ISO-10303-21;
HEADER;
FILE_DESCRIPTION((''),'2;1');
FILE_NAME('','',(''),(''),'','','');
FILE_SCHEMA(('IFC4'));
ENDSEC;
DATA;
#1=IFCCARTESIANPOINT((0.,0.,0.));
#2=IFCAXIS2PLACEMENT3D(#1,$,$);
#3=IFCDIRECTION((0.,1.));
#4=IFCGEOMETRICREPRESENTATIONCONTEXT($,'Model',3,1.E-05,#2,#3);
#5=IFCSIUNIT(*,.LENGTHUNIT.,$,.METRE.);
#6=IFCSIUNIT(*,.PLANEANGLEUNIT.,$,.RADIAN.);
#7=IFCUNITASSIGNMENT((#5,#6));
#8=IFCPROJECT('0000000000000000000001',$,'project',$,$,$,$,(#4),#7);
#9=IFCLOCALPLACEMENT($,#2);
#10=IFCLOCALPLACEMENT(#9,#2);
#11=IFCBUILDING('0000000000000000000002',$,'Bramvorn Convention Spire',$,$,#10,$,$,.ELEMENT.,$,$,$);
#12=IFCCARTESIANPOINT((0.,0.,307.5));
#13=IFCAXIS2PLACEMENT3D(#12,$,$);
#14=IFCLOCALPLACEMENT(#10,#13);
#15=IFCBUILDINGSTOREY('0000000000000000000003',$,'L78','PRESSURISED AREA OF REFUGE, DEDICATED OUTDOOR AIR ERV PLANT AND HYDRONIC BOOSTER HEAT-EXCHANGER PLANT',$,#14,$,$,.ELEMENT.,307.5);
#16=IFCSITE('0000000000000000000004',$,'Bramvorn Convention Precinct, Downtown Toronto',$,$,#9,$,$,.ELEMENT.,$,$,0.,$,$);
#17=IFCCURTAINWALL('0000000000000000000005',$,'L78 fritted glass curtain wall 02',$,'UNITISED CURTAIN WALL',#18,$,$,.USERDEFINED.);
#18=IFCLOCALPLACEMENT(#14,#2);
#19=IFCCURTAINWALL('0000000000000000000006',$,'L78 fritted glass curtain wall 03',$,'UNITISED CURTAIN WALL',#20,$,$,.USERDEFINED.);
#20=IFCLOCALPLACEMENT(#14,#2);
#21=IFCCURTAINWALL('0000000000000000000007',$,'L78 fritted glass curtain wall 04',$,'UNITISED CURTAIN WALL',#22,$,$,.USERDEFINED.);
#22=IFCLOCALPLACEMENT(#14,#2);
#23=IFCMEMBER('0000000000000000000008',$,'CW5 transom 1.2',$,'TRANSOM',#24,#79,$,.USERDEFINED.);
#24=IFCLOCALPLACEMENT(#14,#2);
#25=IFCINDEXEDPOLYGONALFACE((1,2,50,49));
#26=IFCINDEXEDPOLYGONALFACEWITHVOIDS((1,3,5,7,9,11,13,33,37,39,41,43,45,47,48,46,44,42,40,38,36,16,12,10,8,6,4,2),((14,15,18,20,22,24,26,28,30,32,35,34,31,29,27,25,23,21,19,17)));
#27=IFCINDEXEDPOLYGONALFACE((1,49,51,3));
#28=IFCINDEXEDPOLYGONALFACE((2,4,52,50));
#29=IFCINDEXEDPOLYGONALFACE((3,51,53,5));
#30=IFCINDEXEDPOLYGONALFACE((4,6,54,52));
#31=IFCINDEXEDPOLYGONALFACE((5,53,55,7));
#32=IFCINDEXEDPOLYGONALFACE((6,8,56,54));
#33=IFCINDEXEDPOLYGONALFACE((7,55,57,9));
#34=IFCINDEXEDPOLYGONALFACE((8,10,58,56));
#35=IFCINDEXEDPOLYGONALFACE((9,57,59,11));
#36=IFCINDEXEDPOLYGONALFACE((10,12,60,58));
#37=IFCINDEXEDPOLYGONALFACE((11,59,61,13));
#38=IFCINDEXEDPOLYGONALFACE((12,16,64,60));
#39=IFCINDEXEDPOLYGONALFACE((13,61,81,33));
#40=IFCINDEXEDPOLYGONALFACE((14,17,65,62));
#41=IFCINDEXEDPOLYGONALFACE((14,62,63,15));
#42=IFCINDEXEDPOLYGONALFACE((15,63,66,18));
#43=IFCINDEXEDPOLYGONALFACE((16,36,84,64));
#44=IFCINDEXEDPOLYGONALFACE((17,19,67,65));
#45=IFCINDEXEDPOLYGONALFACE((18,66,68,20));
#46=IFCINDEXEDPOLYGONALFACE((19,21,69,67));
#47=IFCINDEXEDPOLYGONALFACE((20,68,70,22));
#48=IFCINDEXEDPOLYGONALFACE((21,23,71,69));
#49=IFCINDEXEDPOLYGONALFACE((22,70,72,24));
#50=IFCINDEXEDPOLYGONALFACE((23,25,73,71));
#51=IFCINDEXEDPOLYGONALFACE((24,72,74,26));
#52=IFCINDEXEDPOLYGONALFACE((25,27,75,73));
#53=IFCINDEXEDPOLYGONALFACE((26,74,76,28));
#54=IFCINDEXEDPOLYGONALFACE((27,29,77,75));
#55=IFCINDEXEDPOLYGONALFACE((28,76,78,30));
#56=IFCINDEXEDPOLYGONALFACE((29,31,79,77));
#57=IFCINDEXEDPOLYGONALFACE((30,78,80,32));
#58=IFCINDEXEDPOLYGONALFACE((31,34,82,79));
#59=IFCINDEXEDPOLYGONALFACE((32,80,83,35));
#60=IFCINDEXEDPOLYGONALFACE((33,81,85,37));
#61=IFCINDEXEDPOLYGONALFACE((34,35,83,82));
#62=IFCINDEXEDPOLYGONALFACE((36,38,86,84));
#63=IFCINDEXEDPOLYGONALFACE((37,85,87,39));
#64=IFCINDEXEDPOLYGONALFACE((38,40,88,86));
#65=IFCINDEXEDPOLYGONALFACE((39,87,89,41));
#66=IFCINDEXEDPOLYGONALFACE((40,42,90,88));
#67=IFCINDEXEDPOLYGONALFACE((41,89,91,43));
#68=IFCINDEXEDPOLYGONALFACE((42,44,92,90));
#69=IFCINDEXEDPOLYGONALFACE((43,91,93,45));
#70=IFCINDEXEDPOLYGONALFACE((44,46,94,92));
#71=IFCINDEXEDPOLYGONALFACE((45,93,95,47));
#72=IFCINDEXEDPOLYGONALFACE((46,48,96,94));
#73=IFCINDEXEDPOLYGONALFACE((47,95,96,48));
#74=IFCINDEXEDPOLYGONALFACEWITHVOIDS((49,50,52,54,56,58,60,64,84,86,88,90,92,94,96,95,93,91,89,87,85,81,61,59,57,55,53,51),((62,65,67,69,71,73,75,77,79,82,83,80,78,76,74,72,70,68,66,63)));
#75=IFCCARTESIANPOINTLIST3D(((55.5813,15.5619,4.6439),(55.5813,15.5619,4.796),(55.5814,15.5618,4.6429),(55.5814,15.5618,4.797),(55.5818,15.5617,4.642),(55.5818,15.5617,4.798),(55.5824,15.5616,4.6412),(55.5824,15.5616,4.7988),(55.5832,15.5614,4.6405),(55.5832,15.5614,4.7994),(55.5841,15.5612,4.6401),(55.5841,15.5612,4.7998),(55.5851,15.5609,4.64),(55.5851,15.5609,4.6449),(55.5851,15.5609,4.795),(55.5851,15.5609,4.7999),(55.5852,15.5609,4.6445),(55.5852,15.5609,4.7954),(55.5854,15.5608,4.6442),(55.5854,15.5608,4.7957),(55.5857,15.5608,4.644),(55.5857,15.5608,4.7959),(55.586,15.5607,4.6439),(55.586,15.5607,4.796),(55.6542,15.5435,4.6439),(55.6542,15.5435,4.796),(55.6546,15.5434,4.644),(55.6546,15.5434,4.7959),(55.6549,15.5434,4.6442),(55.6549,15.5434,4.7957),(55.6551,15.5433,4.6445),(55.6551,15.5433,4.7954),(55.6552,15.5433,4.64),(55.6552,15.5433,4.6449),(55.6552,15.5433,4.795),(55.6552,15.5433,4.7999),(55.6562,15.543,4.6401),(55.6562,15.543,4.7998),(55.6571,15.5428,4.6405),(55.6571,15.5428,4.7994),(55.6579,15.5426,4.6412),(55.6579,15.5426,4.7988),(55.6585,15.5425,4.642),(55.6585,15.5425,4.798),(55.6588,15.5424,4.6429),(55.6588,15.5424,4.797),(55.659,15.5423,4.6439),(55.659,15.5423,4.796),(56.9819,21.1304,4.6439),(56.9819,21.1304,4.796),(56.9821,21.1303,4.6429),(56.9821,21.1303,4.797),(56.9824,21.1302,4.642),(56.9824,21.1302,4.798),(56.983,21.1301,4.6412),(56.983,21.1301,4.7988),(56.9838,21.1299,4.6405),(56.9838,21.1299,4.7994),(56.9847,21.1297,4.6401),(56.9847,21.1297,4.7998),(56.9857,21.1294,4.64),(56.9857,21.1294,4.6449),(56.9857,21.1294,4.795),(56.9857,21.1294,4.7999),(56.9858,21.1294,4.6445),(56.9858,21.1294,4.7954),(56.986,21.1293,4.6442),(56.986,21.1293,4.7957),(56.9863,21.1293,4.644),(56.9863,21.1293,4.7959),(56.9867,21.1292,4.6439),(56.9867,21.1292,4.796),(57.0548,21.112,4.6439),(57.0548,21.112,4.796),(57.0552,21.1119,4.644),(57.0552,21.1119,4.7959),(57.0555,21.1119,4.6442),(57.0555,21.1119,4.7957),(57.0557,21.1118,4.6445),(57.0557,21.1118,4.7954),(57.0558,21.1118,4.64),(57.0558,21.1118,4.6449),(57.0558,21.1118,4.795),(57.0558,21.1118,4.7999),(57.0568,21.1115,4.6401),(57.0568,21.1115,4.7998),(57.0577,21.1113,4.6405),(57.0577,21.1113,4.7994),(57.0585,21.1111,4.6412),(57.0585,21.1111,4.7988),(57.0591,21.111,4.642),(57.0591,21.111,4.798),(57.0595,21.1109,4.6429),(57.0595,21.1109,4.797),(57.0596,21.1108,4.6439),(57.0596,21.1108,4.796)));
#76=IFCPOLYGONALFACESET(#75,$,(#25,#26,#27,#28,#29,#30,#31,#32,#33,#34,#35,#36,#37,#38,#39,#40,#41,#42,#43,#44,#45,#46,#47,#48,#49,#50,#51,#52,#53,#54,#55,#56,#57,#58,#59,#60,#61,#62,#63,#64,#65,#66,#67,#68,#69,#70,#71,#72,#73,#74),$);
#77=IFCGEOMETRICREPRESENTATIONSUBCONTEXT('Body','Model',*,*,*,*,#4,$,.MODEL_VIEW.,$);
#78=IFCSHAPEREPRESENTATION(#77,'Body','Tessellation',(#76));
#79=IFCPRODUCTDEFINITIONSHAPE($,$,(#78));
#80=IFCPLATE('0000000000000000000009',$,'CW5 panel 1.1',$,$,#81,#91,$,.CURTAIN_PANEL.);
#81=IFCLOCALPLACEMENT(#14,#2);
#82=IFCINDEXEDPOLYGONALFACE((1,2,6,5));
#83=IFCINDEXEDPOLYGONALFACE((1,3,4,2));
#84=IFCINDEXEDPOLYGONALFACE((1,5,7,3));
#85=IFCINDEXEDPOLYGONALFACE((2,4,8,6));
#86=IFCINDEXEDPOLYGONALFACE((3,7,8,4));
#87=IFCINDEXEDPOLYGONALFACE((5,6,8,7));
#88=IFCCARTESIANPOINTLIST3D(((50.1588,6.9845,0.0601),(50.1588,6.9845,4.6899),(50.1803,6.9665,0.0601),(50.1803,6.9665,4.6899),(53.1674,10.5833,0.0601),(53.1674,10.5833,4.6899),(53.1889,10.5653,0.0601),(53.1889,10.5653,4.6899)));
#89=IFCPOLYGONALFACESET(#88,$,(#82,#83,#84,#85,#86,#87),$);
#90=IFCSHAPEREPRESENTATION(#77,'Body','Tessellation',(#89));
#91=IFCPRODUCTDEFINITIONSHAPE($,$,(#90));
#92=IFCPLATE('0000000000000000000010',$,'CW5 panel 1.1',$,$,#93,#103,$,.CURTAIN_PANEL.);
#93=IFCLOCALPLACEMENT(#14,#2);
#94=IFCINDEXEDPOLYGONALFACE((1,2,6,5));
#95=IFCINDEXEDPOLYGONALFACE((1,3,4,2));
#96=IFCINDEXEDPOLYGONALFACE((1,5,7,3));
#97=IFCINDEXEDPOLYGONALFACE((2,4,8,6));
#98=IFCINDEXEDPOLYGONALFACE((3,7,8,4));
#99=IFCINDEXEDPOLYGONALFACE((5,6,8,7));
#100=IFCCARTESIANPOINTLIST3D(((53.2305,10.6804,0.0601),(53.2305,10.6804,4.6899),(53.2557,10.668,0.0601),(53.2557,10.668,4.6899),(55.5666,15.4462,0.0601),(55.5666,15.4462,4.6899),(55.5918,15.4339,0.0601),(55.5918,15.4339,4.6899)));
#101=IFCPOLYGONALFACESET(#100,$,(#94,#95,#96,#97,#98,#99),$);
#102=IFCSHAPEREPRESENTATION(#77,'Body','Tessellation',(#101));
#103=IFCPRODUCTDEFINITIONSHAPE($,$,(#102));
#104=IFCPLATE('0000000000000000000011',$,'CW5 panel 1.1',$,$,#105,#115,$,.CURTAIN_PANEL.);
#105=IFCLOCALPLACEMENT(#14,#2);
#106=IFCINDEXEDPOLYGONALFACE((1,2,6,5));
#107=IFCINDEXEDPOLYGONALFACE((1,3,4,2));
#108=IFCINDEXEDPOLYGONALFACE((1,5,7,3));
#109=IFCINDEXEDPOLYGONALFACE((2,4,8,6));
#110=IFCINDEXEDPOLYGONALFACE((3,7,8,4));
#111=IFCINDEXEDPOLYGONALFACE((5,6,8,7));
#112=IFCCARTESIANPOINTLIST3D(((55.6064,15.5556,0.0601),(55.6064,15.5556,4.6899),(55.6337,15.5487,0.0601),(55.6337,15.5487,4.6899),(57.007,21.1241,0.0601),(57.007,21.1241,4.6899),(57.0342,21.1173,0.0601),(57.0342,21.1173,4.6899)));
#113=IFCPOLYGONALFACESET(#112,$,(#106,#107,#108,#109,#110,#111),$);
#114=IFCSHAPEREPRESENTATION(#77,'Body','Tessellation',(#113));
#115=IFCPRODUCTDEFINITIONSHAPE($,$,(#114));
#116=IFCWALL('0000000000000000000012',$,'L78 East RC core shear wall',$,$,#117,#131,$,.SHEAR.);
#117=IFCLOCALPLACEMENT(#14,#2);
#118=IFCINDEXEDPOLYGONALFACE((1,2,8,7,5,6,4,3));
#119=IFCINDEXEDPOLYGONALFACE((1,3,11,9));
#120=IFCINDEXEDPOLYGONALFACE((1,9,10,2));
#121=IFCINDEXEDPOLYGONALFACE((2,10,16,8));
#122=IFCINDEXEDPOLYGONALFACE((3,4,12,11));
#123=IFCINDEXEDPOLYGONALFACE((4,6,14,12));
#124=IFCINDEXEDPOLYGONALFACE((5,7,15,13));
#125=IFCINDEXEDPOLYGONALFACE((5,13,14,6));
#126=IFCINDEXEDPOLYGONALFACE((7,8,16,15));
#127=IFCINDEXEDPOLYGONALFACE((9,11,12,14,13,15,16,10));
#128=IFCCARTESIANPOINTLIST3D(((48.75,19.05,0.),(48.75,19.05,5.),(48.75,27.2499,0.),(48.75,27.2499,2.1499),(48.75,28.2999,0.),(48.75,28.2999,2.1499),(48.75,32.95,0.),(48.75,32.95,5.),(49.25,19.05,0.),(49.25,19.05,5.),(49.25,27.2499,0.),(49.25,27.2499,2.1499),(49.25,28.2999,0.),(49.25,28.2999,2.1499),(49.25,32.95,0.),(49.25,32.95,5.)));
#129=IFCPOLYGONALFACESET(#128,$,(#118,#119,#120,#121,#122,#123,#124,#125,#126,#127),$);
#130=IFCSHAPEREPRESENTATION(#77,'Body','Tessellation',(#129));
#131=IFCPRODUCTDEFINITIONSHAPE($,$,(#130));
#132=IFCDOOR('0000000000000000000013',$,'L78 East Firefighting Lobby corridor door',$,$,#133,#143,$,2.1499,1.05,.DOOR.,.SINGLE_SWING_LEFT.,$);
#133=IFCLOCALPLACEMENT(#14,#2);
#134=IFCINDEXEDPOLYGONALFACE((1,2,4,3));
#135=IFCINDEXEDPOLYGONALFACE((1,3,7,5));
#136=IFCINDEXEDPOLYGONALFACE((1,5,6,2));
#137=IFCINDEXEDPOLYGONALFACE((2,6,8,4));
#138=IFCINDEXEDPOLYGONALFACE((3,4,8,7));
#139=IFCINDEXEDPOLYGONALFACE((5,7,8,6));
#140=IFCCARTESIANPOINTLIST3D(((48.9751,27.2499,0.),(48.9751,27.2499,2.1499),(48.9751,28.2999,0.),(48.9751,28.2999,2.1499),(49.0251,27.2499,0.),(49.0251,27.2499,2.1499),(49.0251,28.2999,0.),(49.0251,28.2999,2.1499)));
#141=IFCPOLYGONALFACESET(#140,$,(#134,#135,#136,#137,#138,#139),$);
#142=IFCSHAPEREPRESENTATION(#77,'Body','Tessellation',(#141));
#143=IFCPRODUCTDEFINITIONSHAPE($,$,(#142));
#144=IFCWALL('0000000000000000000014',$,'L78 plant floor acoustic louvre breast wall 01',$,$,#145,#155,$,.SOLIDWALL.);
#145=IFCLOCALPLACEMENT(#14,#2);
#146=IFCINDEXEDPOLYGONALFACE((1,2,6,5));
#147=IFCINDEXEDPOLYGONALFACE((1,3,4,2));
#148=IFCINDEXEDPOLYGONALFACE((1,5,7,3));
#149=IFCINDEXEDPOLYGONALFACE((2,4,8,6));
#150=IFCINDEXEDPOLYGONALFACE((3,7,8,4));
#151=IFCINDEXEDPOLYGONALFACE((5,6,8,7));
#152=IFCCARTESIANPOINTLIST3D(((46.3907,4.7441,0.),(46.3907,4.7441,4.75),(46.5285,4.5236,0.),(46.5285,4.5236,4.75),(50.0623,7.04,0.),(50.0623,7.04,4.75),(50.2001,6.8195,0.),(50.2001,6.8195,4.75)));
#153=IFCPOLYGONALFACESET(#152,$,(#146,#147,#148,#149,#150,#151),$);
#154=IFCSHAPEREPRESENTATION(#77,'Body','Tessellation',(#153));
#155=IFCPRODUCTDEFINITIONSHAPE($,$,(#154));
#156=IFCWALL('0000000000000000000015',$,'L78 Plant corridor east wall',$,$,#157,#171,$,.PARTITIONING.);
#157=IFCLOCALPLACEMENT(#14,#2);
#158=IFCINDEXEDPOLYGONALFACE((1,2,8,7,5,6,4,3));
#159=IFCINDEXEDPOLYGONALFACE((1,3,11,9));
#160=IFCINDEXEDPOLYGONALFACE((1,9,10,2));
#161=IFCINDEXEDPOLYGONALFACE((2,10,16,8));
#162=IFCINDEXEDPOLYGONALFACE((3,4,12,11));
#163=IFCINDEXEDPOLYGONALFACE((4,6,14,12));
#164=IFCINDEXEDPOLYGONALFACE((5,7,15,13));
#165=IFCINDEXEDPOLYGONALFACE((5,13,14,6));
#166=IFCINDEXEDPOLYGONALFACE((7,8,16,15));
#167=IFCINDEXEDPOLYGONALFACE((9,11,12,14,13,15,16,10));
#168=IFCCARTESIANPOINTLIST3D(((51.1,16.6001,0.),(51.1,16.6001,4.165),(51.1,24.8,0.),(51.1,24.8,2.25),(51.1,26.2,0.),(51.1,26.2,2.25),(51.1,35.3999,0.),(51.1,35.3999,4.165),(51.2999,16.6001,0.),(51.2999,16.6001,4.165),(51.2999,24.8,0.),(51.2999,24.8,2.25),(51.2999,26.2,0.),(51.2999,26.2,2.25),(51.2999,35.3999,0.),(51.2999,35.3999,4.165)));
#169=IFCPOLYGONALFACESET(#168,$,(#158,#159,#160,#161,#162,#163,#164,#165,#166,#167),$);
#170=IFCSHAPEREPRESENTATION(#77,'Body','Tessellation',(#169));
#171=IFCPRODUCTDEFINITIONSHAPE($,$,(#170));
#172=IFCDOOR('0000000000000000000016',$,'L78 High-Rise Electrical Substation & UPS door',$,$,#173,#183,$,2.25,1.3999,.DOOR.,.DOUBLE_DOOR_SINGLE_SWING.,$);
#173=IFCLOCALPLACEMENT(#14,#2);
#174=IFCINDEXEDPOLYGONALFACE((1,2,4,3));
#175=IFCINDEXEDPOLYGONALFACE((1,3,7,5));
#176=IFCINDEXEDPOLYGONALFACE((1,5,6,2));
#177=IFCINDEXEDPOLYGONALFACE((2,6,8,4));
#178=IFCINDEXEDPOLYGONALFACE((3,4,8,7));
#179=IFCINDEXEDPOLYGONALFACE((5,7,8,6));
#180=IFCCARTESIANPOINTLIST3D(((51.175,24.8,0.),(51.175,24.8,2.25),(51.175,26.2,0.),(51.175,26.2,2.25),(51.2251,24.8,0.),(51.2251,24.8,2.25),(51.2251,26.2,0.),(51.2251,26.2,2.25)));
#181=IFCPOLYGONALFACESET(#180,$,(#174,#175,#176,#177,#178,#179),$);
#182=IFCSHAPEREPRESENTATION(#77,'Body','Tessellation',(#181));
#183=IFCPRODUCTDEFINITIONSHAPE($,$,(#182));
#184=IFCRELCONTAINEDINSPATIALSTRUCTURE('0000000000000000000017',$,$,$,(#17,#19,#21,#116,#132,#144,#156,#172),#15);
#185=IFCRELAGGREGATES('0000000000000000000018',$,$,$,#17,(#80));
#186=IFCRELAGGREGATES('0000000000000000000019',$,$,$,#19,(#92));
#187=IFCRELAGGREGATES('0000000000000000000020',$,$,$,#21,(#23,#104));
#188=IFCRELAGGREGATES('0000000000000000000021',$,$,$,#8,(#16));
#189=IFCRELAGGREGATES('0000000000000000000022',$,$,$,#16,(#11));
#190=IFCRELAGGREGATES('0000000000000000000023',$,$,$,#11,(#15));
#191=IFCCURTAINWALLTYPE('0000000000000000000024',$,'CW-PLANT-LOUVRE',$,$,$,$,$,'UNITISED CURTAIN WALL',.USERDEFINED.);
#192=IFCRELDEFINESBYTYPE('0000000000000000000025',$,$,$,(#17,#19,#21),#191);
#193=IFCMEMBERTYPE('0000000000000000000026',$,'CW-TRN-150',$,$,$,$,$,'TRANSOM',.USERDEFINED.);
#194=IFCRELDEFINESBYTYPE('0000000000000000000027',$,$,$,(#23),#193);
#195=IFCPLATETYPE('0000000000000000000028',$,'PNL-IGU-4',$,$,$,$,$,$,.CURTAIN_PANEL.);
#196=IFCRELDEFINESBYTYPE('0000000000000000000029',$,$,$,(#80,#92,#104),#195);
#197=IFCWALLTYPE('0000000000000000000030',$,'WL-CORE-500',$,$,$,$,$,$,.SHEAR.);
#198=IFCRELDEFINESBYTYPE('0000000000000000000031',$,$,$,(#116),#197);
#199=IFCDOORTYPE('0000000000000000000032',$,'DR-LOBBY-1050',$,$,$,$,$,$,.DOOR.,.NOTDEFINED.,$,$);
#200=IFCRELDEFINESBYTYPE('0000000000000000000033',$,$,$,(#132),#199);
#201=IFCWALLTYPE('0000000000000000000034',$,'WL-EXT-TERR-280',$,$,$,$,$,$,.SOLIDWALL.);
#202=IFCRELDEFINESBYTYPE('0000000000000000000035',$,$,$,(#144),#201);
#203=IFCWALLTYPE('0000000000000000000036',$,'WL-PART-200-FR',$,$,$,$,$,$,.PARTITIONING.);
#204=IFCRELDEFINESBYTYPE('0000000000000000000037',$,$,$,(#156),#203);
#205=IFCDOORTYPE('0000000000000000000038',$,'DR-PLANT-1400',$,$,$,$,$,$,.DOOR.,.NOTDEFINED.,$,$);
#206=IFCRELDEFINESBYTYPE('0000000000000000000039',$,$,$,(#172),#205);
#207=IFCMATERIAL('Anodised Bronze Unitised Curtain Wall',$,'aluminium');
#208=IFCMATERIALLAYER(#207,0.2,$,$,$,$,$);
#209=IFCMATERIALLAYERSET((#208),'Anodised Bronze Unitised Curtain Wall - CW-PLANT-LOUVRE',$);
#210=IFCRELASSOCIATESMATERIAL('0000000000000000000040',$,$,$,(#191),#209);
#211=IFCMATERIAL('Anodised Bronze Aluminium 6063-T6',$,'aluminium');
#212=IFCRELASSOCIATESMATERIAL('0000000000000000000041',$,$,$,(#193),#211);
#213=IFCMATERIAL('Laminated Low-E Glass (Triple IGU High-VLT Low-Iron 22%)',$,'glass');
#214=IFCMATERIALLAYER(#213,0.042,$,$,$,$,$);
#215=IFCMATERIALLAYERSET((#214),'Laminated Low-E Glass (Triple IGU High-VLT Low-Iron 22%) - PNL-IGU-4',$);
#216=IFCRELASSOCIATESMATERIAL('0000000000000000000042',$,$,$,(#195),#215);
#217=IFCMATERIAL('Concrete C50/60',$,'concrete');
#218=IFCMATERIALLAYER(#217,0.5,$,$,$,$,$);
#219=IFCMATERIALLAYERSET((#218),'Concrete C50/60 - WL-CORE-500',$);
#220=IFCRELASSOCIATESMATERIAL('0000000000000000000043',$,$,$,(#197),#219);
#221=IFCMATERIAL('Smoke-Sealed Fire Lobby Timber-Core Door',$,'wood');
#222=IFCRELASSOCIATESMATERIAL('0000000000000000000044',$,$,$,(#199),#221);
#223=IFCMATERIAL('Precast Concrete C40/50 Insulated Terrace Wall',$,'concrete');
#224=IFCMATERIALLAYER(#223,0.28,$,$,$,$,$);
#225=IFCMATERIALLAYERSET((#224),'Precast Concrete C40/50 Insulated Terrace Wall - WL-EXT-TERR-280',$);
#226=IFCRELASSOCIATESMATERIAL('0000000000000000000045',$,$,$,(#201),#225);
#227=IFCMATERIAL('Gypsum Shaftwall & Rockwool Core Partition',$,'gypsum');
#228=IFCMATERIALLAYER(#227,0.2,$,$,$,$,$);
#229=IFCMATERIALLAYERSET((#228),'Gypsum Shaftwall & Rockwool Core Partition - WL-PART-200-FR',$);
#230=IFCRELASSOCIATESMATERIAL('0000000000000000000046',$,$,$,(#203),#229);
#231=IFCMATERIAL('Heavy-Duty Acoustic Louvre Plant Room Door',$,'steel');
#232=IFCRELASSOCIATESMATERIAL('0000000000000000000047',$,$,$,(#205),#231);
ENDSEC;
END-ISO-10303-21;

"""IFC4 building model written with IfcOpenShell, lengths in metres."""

from ifc_helpers import new_model, si_unit, direction, frame, frame_2d, origin, origin_2d, place, context, subcontext, project, spatial, rectangle, hollow_rectangle, extrude, material, layer, layer_set, material_profile, profile_set, type_object, element, fill, aggregate, save


model = new_model("IFC4")

# Units and contexts
model_context = context("Model", 3, precision=1e-05, world=origin(), true_north=direction((0.0, 1.0)))
body_context = subcontext(model_context, "Body", "Model", "MODEL_VIEW")
ifc_project = project(units=[si_unit("LENGTHUNIT", "METRE"), si_unit("PLANEANGLEUNIT", "RADIAN")], contexts=[model_context])

# Site, building, storey
site_placement = place(None, origin())
site = spatial("IfcSite", under=ifc_project, at=site_placement, Name="Bramvorn Convention Precinct, Downtown Toronto", CompositionType="ELEMENT", RefElevation=0.0)
building_placement = place(site_placement, origin())
building = spatial("IfcBuilding", under=site, at=building_placement, Name="Bramvorn Convention Spire", CompositionType="ELEMENT")
storey_placement = place(building_placement, frame((0.0, 0.0, 307.5)))
storey = spatial("IfcBuildingStorey", under=building, at=storey_placement, Name="L78", Description="PRESSURISED AREA OF REFUGE, DEDICATED OUTDOOR AIR ERV PLANT AND HYDRONIC BOOSTER HEAT-EXCHANGER PLANT", CompositionType="ELEMENT", Elevation=307.5)

# Curtain walls
ifc_material_1 = material(Name="Anodised Bronze Unitised Curtain Wall", Category="aluminium")
ifc_layer_1 = layer(ifc_material_1, 0.2)
ifc_layer_set_1 = layer_set([ifc_layer_1], Name="Anodised Bronze Unitised Curtain Wall - CW-PLANT-LOUVRE")
curtain_wall_type = type_object("IfcCurtainWallType", Name="CW-PLANT-LOUVRE", ElementType="UNITISED CURTAIN WALL", PredefinedType="USERDEFINED", material=ifc_layer_set_1)
curtain_wall_1_placement = place(storey_placement, origin())
curtain_wall_1 = element("IfcCurtainWall", 1, at=curtain_wall_1_placement, inside=storey, type_object=curtain_wall_type, Name="L78 fritted glass curtain wall 02", ObjectType="UNITISED CURTAIN WALL", PredefinedType="USERDEFINED")
ifc_material_2 = material(Name="Anodised Bronze Aluminium 6063-T6", Category="aluminium")
curtain_wall_2_placement = place(storey_placement, origin())
curtain_wall_2 = element("IfcCurtainWall", 2, at=curtain_wall_2_placement, inside=storey, type_object=curtain_wall_type, Name="L78 fritted glass curtain wall 03", ObjectType="UNITISED CURTAIN WALL", PredefinedType="USERDEFINED")
curtain_wall_3_placement = place(storey_placement, origin())
curtain_wall_3 = element("IfcCurtainWall", 3, at=curtain_wall_3_placement, inside=storey, type_object=curtain_wall_type, Name="L78 fritted glass curtain wall 04", ObjectType="UNITISED CURTAIN WALL", PredefinedType="USERDEFINED")

# Member
ifc_material_profile_1 = material_profile(ifc_material_2, hollow_rectangle(XDim=0.0801, YDim=0.1599, WallThickness=0.0039, InnerFilletRadius=0.001, OuterFilletRadius=0.0039, at=origin_2d()))
ifc_profile_set_1 = profile_set([ifc_material_profile_1], Name="Anodised Bronze Aluminium 6063-T6 - CWT80X160")
member_type_1 = type_object("IfcMemberType", Name="CW-TRN-150", ElementType="TRANSOM", PredefinedType="USERDEFINED", material=ifc_profile_set_1)
member_1_placement = place(storey_placement, frame((57.0208, 21.1206, 4.72), z_axis=(-0.243926, -0.969794, 0.0), x_axis=(0.969794, -0.243926, 0.0)))
member_1 = element("IfcMember", 4, at=member_1_placement, type_object=member_type_1, Name="CW5 transom 1.2", ObjectType="TRANSOM", PredefinedType="USERDEFINED", context=body_context, shape_type="SweptSolid", body=[
    extrude(hollow_rectangle(XDim=0.0801, YDim=0.1599, WallThickness=0.0039, InnerFilletRadius=0.001, OuterFilletRadius=0.0039, at=origin_2d()), origin(), (0.0, 0.0, 1.0), 5.7419),
])

# Plates
ifc_material_3 = material(Name="Laminated Low-E Glass (Triple IGU High-VLT Low-Iron 22%)", Category="glass")
ifc_layer_2 = layer(ifc_material_3, 0.042)
ifc_layer_set_2 = layer_set([ifc_layer_2], Name="Laminated Low-E Glass (Triple IGU High-VLT Low-Iron 22%) - PNL-IGU-4")
plate_type = type_object("IfcPlateType", Name="PNL-IGU-4", PredefinedType="CURTAIN_PANEL", material=ifc_layer_set_2)
plate_1_placement = place(storey_placement, frame((51.6738, 8.7749, 0.0601), z_axis=(0.0, 0.0, 1.0), x_axis=(-0.6414, -0.767206, 0.0)))
plate_1 = element("IfcPlate", 5, at=plate_1_placement, type_object=plate_type, Name="CW5 panel 1.1", PredefinedType="CURTAIN_PANEL", context=body_context, shape_type="SweptSolid", body=[
    extrude(rectangle(XDim=4.6907, YDim=0.0281, at=origin_2d()), origin(), (0.0, 0.0, 1.0), 4.6299),
])
aggregate(curtain_wall_1, [plate_1])
plate_2_placement = place(storey_placement, frame((54.4111, 13.0571, 0.0601), z_axis=(0.0, 0.0, 1.0), x_axis=(-0.440139, -0.897929, 0.0)))
plate_2 = element("IfcPlate", 6, at=plate_2_placement, type_object=plate_type, Name="CW5 panel 1.1", PredefinedType="CURTAIN_PANEL", context=body_context, shape_type="SweptSolid", body=[
    extrude(rectangle(XDim=5.3076, YDim=0.0281, at=origin_2d()), origin(), (0.0, 0.0, 1.0), 4.6299),
])
aggregate(curtain_wall_2, [plate_2])
plate_3_placement = place(storey_placement, frame((56.3203, 18.3364, 0.0601), z_axis=(0.0, 0.0, 1.0), x_axis=(-0.243912, -0.969797, 0.0)))
plate_3 = element("IfcPlate", 7, at=plate_3_placement, type_object=plate_type, Name="CW5 panel 1.1", PredefinedType="CURTAIN_PANEL", context=body_context, shape_type="SweptSolid", body=[
    extrude(rectangle(XDim=5.7419, YDim=0.0281, at=origin_2d()), origin(), (0.0, 0.0, 1.0), 4.6299),
])
aggregate(curtain_wall_3, [member_1, plate_3])

# Wall, opening, door
ifc_material_4 = material(Name="Concrete C50/60", Category="concrete")
ifc_layer_3 = layer(ifc_material_4, 0.5)
ifc_layer_set_3 = layer_set([ifc_layer_3], Name="Concrete C50/60 - WL-CORE-500")
wall_type_1 = type_object("IfcWallType", Name="WL-CORE-500", PredefinedType="SHEAR", material=ifc_layer_set_3)
wall_1_placement = place(storey_placement, frame((49.0, 19.05, 0.0), z_axis=(0.0, 0.0, 1.0), x_axis=(0.0, 1.0, 0.0)))
wall_1 = element("IfcWall", 8, at=wall_1_placement, inside=storey, type_object=wall_type_1, Name="L78 East RC core shear wall", PredefinedType="SHEAR", context=body_context, shape_type="SweptSolid", body=[
    extrude(rectangle(XDim=13.8999, YDim=0.5, at=frame_2d((6.95, 0.0))), origin(), (0.0, 0.0, 1.0), 5.0),
])
opening_1_placement = place(wall_1_placement, frame((8.2, 0.0, 0.0)))
opening_1 = element("IfcOpeningElement", 9, at=opening_1_placement, cuts=wall_1, PredefinedType="OPENING", context=body_context, shape_type="SweptSolid", body=[
    extrude(rectangle(XDim=1.05, YDim=2.1499, at=frame_2d((0.5249, 1.075))), frame((0.0, 0.26, 0.0), z_axis=(0.0, -1.0, 0.0), x_axis=(1.0, 0.0, 0.0)), (0.0, 0.0, 1.0), 0.52),
])
ifc_material_5 = material(Name="Smoke-Sealed Fire Lobby Timber-Core Door", Category="wood")
door_type_1 = type_object("IfcDoorType", Name="DR-LOBBY-1050", OperationType="NOTDEFINED", PredefinedType="DOOR", material=ifc_material_5)
door_1_placement = place(opening_1_placement, origin())
door_1 = element("IfcDoor", 10, at=door_1_placement, inside=storey, type_object=door_type_1, Name="L78 East Firefighting Lobby corridor door", OperationType="SINGLE_SWING_LEFT", OverallHeight=2.1499, OverallWidth=1.05, PredefinedType="DOOR", context=body_context, shape_type="SweptSolid", body=[
    extrude(rectangle(XDim=1.05, YDim=2.1499, at=frame_2d((0.5249, 1.075))), frame((0.0, 0.0249, 0.0), z_axis=(0.0, -1.0, 0.0), x_axis=(1.0, 0.0, 0.0)), (0.0, 0.0, 1.0), 0.05),
])
fill(opening_1, door_1)

# Wall
ifc_material_6 = material(Name="Precast Concrete C40/50 Insulated Terrace Wall", Category="concrete")
ifc_layer_4 = layer(ifc_material_6, 0.28)
ifc_layer_set_4 = layer_set([ifc_layer_4], Name="Precast Concrete C40/50 Insulated Terrace Wall - WL-EXT-TERR-280")
wall_type_2 = type_object("IfcWallType", Name="WL-EXT-TERR-280", PredefinedType="SOLIDWALL", material=ifc_layer_set_4)
wall_2_placement = place(storey_placement, frame((50.1311, 6.9297, 0.0), z_axis=(0.0, 0.0, 1.0), x_axis=(-0.847881, -0.530186, 0.0)))
element("IfcWall", 11, at=wall_2_placement, inside=storey, type_object=wall_type_2, Name="L78 plant floor acoustic louvre breast wall 01", PredefinedType="SOLIDWALL", context=body_context, shape_type="SweptSolid", body=[
    extrude(rectangle(XDim=4.3303, YDim=0.26, at=frame_2d((2.165, 0.0))), origin(), (0.0, 0.0, 1.0), 4.75),
])

# Wall, opening, door
ifc_material_7 = material(Name="Gypsum Shaftwall & Rockwool Core Partition", Category="gypsum")
ifc_layer_5 = layer(ifc_material_7, 0.2)
ifc_layer_set_5 = layer_set([ifc_layer_5], Name="Gypsum Shaftwall & Rockwool Core Partition - WL-PART-200-FR")
wall_type_3 = type_object("IfcWallType", Name="WL-PART-200-FR", PredefinedType="PARTITIONING", material=ifc_layer_set_5)
wall_3_placement = place(storey_placement, frame((51.2, 16.6001, 0.0), z_axis=(0.0, 0.0, 1.0), x_axis=(0.0, 1.0, 0.0)))
wall_3 = element("IfcWall", 12, at=wall_3_placement, inside=storey, type_object=wall_type_3, Name="L78 Plant corridor east wall", PredefinedType="PARTITIONING", context=body_context, shape_type="SweptSolid", body=[
    extrude(rectangle(XDim=18.7998, YDim=0.2, at=frame_2d((9.3999, 0.0))), origin(), (0.0, 0.0, 1.0), 4.165),
])
opening_2_placement = place(wall_3_placement, frame((8.2, 0.0, 0.0)))
opening_2 = element("IfcOpeningElement", 13, at=opening_2_placement, cuts=wall_3, PredefinedType="OPENING", context=body_context, shape_type="SweptSolid", body=[
    extrude(rectangle(XDim=1.3999, YDim=2.25, at=frame_2d((0.7, 1.125))), frame((0.0, 0.1099, 0.0), z_axis=(0.0, -1.0, 0.0), x_axis=(1.0, 0.0, 0.0)), (0.0, 0.0, 1.0), 0.22),
])
ifc_material_8 = material(Name="Heavy-Duty Acoustic Louvre Plant Room Door", Category="steel")
door_type_2 = type_object("IfcDoorType", Name="DR-PLANT-1400", OperationType="NOTDEFINED", PredefinedType="DOOR", material=ifc_material_8)
door_2_placement = place(opening_2_placement, origin())
door_2 = element("IfcDoor", 14, at=door_2_placement, inside=storey, type_object=door_type_2, Name="L78 High-Rise Electrical Substation & UPS door", OperationType="DOUBLE_DOOR_SINGLE_SWING", OverallHeight=2.25, OverallWidth=1.3999, PredefinedType="DOOR", context=body_context, shape_type="SweptSolid", body=[
    extrude(rectangle(XDim=1.3999, YDim=2.25, at=frame_2d((0.7, 1.125))), frame((0.0, 0.0249, 0.0), z_axis=(0.0, -1.0, 0.0), x_axis=(1.0, 0.0, 0.0)), (0.0, 0.0, 1.0), 0.05),
])
fill(opening_2, door_2)

save(model, "model.ifc")
